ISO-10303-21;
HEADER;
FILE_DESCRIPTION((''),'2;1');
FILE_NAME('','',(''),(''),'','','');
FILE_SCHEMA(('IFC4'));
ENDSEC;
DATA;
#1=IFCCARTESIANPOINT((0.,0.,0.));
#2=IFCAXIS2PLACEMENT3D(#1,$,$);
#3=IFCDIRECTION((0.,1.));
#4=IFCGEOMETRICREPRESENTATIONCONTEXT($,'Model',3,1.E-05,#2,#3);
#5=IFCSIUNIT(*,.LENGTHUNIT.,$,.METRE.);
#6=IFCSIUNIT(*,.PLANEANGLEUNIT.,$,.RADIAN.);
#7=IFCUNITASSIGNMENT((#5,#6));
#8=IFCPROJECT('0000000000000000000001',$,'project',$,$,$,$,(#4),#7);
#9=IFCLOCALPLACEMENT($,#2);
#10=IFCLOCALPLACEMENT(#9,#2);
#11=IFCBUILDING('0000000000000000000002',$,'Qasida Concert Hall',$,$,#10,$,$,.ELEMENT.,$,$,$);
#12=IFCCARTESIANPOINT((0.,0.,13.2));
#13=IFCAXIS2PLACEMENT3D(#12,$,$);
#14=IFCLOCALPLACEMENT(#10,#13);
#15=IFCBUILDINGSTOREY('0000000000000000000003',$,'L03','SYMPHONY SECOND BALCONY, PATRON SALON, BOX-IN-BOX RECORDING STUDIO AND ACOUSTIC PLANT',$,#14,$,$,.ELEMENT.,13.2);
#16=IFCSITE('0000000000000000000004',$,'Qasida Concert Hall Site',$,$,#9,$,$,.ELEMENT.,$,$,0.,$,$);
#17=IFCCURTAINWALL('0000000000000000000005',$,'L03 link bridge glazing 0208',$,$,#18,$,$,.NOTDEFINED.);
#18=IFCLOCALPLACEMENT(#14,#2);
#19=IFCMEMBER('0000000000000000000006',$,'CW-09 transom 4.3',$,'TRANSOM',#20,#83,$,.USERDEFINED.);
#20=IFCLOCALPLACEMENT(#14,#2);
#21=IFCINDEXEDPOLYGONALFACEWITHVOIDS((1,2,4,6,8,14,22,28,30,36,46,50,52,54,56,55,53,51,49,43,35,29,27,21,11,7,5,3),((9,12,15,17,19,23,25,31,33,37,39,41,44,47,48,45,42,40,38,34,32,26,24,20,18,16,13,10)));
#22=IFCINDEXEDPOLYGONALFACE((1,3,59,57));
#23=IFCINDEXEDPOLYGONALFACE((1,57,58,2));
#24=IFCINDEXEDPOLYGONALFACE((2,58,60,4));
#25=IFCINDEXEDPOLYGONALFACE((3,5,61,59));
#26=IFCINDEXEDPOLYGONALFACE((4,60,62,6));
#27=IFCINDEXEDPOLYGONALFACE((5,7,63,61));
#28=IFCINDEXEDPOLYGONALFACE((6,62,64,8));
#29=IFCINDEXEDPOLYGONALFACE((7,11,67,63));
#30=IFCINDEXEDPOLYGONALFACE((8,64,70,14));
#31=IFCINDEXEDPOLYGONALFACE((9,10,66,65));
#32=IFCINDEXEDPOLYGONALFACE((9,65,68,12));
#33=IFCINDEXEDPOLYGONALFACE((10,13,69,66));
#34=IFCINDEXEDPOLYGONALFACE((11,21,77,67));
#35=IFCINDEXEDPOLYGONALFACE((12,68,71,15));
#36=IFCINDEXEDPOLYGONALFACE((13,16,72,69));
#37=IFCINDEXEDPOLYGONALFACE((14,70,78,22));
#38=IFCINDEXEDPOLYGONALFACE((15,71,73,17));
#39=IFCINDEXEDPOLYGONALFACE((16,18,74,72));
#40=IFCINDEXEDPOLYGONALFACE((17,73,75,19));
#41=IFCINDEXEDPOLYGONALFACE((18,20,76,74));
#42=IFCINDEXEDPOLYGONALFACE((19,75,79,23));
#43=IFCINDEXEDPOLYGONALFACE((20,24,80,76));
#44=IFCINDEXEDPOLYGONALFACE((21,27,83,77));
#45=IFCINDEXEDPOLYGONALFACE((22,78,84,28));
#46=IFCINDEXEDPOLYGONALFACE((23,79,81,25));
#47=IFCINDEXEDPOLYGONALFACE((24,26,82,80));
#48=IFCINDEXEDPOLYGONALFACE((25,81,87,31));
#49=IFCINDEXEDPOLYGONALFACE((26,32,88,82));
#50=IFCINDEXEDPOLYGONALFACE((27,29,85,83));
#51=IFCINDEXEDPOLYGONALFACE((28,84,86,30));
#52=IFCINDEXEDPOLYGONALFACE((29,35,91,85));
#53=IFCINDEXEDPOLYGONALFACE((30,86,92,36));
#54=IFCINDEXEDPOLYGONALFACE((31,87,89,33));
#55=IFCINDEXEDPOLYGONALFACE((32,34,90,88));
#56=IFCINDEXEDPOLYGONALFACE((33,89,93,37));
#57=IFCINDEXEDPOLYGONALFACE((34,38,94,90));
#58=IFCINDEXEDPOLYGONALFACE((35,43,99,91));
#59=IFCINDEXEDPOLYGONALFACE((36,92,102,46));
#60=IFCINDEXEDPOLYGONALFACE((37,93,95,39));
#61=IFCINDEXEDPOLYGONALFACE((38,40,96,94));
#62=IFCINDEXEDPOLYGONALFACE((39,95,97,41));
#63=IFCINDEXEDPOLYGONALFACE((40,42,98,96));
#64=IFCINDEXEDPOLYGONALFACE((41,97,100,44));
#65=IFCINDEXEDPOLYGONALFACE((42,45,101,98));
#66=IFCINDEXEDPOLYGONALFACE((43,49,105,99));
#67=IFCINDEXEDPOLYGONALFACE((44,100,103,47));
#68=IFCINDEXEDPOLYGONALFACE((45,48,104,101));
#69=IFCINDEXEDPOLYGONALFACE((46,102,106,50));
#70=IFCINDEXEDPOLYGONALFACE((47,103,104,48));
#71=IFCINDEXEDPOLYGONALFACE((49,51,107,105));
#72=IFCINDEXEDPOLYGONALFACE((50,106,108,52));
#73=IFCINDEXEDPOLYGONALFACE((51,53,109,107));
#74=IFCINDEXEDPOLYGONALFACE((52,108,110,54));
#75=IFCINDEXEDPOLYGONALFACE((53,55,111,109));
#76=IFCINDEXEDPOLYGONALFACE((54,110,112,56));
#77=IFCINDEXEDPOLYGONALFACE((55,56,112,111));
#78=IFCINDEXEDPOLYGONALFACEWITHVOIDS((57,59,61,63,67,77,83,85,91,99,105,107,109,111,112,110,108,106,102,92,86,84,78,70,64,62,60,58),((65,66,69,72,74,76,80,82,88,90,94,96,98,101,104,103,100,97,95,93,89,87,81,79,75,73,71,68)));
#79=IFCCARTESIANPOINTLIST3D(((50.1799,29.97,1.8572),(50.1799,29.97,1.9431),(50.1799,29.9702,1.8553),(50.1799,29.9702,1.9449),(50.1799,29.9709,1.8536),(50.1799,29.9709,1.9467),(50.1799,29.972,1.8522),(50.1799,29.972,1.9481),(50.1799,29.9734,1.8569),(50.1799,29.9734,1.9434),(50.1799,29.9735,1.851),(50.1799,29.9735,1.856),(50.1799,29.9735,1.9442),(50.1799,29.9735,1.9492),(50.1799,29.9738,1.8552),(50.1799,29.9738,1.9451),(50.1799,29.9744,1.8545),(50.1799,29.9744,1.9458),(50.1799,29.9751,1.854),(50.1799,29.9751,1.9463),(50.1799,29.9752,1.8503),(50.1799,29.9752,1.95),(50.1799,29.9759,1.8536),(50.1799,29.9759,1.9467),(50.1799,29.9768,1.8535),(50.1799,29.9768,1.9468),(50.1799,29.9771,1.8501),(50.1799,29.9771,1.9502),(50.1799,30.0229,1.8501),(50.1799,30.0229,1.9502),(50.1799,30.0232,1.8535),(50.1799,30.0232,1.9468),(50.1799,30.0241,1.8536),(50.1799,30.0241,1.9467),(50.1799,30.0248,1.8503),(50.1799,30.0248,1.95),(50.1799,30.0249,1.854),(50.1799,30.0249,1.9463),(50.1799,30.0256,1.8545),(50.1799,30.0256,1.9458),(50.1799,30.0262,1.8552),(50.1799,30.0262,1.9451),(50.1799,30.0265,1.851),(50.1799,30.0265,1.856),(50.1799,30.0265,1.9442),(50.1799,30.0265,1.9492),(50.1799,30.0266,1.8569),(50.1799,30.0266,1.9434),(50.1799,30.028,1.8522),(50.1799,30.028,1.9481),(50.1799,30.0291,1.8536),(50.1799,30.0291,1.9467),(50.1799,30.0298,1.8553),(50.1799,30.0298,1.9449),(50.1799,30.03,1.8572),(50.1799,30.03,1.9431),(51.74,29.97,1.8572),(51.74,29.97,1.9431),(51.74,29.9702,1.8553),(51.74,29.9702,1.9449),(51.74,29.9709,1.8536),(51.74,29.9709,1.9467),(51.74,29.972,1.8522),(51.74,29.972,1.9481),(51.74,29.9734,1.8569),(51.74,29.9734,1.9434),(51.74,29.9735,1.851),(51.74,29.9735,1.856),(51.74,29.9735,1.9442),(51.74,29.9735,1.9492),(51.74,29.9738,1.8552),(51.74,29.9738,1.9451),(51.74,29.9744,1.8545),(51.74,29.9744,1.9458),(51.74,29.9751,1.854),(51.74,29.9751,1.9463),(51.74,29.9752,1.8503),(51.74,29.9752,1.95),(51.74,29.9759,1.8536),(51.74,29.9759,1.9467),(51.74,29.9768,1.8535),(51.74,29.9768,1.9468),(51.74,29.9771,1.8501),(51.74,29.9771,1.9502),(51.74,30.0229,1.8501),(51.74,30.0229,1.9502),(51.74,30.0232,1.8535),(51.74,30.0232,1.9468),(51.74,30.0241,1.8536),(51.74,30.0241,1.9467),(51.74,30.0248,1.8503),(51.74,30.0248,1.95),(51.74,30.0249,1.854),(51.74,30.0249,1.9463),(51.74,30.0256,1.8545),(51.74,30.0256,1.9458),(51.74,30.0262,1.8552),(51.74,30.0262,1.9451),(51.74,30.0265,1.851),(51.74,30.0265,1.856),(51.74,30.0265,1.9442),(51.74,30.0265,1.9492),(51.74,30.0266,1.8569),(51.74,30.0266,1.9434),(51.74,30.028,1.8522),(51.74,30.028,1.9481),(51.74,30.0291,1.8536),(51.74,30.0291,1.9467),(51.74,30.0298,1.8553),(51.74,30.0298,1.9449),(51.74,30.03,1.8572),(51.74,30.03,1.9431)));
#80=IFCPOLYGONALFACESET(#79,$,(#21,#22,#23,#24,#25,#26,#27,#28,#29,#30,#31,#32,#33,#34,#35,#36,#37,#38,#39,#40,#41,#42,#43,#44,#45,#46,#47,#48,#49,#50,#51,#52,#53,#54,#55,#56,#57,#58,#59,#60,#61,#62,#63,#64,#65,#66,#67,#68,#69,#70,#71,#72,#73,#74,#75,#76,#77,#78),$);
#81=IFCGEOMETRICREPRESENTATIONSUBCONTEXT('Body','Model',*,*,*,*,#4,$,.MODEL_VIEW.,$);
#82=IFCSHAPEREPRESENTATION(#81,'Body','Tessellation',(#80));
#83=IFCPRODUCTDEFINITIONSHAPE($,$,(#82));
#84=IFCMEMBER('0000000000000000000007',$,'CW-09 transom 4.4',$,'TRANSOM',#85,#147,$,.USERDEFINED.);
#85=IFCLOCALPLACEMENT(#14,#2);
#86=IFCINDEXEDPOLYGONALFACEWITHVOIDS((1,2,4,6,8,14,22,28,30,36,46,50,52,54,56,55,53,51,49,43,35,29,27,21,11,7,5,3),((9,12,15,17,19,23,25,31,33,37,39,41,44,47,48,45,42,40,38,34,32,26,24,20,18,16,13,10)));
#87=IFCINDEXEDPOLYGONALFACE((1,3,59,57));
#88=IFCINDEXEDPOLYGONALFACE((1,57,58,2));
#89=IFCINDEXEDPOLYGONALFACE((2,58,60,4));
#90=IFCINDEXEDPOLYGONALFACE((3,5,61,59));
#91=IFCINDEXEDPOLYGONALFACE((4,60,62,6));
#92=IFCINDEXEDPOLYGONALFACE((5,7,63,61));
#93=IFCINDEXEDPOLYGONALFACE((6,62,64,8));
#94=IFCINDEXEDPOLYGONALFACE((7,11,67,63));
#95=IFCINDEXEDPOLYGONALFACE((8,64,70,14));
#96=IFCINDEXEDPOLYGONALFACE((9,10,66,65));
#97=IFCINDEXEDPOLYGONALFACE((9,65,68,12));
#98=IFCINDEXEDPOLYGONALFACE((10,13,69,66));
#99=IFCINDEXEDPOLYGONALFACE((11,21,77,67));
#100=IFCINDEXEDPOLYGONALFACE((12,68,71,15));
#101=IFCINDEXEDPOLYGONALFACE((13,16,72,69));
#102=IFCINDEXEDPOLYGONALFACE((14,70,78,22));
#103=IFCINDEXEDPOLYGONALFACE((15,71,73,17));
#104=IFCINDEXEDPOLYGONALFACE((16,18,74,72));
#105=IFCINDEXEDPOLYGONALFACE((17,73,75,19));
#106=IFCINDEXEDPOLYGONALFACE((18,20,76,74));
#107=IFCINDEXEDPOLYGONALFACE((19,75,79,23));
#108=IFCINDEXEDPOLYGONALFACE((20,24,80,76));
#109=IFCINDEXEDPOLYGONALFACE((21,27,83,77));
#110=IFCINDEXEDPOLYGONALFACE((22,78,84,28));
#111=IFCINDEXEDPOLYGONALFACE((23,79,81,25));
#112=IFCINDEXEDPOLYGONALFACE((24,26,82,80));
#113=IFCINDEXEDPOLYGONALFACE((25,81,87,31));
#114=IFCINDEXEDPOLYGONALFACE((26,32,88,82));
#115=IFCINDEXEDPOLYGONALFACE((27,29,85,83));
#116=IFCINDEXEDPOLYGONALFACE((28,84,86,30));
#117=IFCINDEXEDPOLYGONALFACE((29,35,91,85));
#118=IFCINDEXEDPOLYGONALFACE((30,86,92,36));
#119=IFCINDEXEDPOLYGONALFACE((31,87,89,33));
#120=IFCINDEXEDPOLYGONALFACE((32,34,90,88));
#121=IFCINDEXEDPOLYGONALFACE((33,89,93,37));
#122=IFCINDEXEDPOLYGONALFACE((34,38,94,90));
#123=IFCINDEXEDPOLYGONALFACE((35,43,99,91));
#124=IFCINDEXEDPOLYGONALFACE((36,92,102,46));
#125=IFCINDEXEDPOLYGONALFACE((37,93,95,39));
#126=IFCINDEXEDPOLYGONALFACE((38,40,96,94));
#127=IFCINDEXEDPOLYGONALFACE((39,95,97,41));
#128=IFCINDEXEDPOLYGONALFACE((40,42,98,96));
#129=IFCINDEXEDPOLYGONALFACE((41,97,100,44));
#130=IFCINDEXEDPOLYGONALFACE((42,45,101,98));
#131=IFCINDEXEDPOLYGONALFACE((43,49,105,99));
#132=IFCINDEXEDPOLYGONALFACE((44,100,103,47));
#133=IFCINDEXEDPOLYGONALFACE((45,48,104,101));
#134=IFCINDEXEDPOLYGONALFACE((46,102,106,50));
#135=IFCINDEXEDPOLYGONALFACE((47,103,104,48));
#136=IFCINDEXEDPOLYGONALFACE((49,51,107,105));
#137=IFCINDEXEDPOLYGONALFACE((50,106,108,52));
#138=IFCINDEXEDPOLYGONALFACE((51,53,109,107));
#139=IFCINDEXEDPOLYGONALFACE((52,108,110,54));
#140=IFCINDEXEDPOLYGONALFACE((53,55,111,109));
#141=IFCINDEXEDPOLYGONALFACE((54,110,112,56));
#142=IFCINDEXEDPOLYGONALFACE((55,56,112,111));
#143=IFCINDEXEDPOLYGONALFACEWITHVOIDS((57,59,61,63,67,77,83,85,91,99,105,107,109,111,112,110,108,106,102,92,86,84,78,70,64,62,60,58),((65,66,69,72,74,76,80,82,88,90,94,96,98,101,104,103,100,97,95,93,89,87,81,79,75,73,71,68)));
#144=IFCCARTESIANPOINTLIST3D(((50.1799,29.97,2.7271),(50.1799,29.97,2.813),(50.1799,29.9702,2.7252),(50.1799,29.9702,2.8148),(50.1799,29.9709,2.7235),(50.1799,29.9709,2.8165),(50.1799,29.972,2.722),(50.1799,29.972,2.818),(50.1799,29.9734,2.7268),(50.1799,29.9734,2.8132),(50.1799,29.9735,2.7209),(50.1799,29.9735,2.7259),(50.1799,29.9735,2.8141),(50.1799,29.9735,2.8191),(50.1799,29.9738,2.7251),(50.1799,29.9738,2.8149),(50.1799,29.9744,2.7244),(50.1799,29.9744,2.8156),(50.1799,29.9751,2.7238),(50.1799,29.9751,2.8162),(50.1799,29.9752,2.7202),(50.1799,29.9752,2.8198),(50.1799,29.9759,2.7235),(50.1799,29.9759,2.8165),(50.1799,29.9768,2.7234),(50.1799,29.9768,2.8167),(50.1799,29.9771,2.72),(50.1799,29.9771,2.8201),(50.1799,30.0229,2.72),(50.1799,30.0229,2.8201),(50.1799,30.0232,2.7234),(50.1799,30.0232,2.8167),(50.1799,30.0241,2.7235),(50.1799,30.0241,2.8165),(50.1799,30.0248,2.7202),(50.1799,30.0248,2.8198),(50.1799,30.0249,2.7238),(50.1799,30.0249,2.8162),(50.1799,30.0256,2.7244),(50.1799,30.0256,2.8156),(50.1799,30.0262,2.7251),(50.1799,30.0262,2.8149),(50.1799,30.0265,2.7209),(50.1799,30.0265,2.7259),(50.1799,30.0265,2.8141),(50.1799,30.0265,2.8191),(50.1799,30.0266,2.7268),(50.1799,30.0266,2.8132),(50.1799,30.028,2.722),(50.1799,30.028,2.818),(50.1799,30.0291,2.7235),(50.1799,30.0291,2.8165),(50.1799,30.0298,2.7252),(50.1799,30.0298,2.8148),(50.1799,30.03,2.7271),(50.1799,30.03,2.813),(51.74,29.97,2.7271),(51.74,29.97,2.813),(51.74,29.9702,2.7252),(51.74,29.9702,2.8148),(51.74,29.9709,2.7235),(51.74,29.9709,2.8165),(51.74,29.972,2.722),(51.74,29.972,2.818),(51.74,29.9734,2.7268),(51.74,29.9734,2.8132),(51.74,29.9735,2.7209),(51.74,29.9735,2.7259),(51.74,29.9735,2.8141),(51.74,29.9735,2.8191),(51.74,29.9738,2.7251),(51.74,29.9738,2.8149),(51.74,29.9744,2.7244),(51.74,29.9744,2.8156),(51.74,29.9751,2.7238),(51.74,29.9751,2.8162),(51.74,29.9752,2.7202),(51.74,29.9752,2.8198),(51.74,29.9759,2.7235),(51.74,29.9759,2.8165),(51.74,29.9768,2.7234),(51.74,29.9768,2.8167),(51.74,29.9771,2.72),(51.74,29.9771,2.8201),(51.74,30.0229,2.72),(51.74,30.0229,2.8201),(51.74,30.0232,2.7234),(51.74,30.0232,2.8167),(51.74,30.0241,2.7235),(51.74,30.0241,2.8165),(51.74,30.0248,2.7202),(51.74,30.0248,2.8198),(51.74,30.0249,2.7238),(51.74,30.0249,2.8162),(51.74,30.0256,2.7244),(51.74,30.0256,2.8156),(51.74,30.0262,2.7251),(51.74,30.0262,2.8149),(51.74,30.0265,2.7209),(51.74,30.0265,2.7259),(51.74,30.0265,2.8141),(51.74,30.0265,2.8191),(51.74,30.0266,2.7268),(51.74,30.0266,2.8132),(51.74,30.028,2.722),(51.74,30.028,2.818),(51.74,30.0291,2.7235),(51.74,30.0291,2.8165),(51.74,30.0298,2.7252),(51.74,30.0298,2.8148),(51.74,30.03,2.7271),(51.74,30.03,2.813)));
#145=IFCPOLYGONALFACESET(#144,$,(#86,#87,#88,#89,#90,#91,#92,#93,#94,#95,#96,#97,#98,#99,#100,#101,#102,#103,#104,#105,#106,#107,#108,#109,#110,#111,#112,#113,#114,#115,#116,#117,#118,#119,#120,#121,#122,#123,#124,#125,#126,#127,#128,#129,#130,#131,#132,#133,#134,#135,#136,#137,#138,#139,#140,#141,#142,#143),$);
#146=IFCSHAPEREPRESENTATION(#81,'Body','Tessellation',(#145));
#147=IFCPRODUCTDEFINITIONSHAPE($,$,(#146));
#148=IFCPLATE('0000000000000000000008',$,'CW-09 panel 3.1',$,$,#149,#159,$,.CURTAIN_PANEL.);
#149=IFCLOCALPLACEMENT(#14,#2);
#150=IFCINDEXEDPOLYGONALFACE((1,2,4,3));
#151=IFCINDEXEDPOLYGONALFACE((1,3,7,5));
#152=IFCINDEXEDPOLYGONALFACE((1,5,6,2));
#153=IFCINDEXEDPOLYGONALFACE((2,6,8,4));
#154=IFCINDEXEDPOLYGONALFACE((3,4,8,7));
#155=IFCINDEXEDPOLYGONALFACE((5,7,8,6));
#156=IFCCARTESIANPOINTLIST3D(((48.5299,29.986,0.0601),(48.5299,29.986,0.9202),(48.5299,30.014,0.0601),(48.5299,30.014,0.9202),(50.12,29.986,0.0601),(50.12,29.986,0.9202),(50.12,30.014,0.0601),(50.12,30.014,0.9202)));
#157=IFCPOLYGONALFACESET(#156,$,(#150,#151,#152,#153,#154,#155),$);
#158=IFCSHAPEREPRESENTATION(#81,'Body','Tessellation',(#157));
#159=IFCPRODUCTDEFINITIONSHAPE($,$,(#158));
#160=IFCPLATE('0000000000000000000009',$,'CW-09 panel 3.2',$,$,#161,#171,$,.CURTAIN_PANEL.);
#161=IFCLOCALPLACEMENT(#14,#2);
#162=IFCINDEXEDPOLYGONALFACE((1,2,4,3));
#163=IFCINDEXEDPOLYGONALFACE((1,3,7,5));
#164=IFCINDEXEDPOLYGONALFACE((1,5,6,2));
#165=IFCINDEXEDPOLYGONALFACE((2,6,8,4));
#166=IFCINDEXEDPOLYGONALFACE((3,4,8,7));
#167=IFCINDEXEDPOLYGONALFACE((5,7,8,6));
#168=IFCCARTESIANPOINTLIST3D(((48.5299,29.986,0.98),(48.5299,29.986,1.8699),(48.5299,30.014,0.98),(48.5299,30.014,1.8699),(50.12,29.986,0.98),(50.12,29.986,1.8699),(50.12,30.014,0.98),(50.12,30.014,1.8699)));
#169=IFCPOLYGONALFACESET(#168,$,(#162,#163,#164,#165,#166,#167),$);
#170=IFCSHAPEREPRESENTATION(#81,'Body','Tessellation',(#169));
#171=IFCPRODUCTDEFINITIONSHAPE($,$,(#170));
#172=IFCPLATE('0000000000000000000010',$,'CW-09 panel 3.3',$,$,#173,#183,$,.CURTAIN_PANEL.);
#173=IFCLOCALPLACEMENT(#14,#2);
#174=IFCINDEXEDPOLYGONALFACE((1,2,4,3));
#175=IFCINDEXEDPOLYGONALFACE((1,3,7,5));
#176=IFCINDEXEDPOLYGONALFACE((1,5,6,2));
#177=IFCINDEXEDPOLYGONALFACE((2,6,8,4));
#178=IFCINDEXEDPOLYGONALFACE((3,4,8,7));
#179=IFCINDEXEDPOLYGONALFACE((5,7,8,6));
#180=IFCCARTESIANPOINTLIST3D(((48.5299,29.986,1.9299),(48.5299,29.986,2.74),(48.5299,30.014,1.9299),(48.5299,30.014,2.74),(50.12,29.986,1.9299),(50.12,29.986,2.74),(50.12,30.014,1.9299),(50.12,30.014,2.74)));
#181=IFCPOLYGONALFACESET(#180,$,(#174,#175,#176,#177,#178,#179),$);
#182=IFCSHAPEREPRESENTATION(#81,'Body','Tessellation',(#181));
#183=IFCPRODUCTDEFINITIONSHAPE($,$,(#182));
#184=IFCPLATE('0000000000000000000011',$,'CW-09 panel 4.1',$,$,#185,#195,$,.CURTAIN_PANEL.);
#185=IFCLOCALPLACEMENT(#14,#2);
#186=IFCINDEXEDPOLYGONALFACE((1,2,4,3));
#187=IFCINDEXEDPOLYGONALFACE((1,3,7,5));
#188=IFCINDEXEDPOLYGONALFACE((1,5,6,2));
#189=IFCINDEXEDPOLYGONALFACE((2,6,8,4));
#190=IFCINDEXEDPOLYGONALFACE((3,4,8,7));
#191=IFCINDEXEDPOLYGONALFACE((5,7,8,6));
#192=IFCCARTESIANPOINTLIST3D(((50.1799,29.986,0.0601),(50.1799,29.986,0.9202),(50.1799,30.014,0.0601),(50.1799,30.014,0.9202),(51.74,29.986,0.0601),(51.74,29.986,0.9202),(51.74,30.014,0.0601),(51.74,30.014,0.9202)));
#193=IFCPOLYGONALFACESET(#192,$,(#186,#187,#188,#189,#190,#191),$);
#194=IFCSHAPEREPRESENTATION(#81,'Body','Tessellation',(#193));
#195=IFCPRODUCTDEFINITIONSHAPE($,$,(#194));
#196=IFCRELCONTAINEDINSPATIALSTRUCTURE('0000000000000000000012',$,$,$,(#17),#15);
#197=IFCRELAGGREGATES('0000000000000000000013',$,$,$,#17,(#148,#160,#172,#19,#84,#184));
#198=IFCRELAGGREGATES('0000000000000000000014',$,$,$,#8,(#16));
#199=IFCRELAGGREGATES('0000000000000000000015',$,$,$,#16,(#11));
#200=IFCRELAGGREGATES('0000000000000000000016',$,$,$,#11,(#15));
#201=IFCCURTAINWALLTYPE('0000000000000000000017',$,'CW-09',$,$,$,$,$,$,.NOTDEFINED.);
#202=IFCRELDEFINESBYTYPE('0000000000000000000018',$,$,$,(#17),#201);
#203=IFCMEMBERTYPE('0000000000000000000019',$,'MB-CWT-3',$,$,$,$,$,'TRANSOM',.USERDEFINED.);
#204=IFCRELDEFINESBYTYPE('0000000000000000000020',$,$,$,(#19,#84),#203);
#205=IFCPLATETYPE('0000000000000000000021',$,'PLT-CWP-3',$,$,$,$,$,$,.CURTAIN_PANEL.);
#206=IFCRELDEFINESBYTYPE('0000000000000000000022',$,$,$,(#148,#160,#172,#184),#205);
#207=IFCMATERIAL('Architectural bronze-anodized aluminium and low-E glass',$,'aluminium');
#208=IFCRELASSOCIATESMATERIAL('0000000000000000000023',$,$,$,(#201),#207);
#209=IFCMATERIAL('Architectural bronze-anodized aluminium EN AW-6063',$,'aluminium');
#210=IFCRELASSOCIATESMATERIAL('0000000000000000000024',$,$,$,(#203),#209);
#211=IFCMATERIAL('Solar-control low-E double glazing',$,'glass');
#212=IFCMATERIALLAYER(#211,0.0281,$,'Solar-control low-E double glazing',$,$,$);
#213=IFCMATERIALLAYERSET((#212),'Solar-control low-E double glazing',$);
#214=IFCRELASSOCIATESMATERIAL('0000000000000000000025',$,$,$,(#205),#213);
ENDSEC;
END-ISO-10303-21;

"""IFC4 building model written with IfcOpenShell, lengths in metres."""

from ifc_helpers import new_model, si_unit, direction, frame, origin, origin_2d, place, context, subcontext, project, spatial, rectangle, hollow_rectangle, extrude, material, layer, layer_set, material_profile, profile_set, type_object, element, aggregate, save


model = new_model("IFC4")

# Units and contexts
model_context = context("Model", 3, precision=1e-05, world=origin(), true_north=direction((0.0, 1.0)))
body_context = subcontext(model_context, "Body", "Model", "MODEL_VIEW")
ifc_project = project(units=[si_unit("LENGTHUNIT", "METRE"), si_unit("PLANEANGLEUNIT", "RADIAN")], contexts=[model_context])

# Site, building, storey
site_placement = place(None, origin())
site = spatial("IfcSite", under=ifc_project, at=site_placement, Name="Qasida Concert Hall Site", CompositionType="ELEMENT", RefElevation=0.0)
building_placement = place(site_placement, origin())
building = spatial("IfcBuilding", under=site, at=building_placement, Name="Qasida Concert Hall", CompositionType="ELEMENT")
storey_placement = place(building_placement, frame((0.0, 0.0, 13.2)))
storey = spatial("IfcBuildingStorey", under=building, at=storey_placement, Name="L03", Description="SYMPHONY SECOND BALCONY, PATRON SALON, BOX-IN-BOX RECORDING STUDIO AND ACOUSTIC PLANT", CompositionType="ELEMENT", Elevation=13.2)

# Curtain wall
ifc_material_1 = material(Name="Architectural bronze-anodized aluminium and low-E glass", Category="aluminium")
curtain_wall_type_1 = type_object("IfcCurtainWallType", Name="CW-09", PredefinedType="NOTDEFINED", material=ifc_material_1)
curtain_wall_1_placement = place(storey_placement, origin())
curtain_wall_1 = element("IfcCurtainWall", 1, at=curtain_wall_1_placement, inside=storey, type_object=curtain_wall_type_1, Name="L03 link bridge glazing 0208", PredefinedType="NOTDEFINED")
ifc_material_2 = material(Name="Architectural bronze-anodized aluminium EN AW-6063", Category="aluminium")

# Members
ifc_material_profile_1 = material_profile(ifc_material_2, hollow_rectangle(XDim=0.0601, YDim=0.1001, WallThickness=0.0034, InnerFilletRadius=0.0034, OuterFilletRadius=0.0071, at=origin_2d()), Name="CWT 100x60x3.5")
ifc_profile_set_1 = profile_set([ifc_material_profile_1], Name="Architectural bronze-anodized aluminium EN AW-6063")
member_type_1 = type_object("IfcMemberType", Name="MB-CWT-3", ElementType="TRANSOM", PredefinedType="USERDEFINED", material=ifc_profile_set_1)
member_1_placement = place(storey_placement, frame((50.1799, 30.0, 1.9001), z_axis=(1.0, 0.0, 0.0), x_axis=(0.0, 1.0, 0.0)))
member_1 = element("IfcMember", 2, at=member_1_placement, type_object=member_type_1, Name="CW-09 transom 4.3", ObjectType="TRANSOM", PredefinedType="USERDEFINED", context=body_context, shape_type="SweptSolid", body=[
    extrude(hollow_rectangle(XDim=0.0601, YDim=0.1001, WallThickness=0.0034, InnerFilletRadius=0.0034, OuterFilletRadius=0.0071, at=origin_2d()), origin(), (0.0, 0.0, 1.0), 1.5601),
])
member_2_placement = place(storey_placement, frame((50.1799, 30.0, 2.77), z_axis=(1.0, 0.0, 0.0), x_axis=(0.0, 1.0, 0.0)))
member_2 = element("IfcMember", 3, at=member_2_placement, type_object=member_type_1, Name="CW-09 transom 4.4", ObjectType="TRANSOM", PredefinedType="USERDEFINED", context=body_context, shape_type="SweptSolid", body=[
    extrude(hollow_rectangle(XDim=0.0601, YDim=0.1001, WallThickness=0.0034, InnerFilletRadius=0.0034, OuterFilletRadius=0.0071, at=origin_2d()), origin(), (0.0, 0.0, 1.0), 1.5601),
])

# Plates
ifc_material_3 = material(Name="Solar-control low-E double glazing", Category="glass")
ifc_layer_1 = layer(ifc_material_3, 0.0281, Name="Solar-control low-E double glazing")
ifc_layer_set_1 = layer_set([ifc_layer_1], Name="Solar-control low-E double glazing")
plate_type_1 = type_object("IfcPlateType", Name="PLT-CWP-3", PredefinedType="CURTAIN_PANEL", material=ifc_layer_set_1)
plate_1_placement = place(storey_placement, frame((49.325, 30.0, 0.0601), z_axis=(0.0, 0.0, 1.0), x_axis=(1.0, 0.0, 0.0)))
plate_1 = element("IfcPlate", 4, at=plate_1_placement, type_object=plate_type_1, Name="CW-09 panel 3.1", PredefinedType="CURTAIN_PANEL", context=body_context, shape_type="SweptSolid", body=[
    extrude(rectangle(XDim=1.5901, YDim=0.0281, at=origin_2d()), origin(), (0.0, 0.0, 1.0), 0.8601),
])
plate_2_placement = place(storey_placement, frame((49.325, 30.0, 0.98), z_axis=(0.0, 0.0, 1.0), x_axis=(1.0, 0.0, 0.0)))
plate_2 = element("IfcPlate", 5, at=plate_2_placement, type_object=plate_type_1, Name="CW-09 panel 3.2", PredefinedType="CURTAIN_PANEL", context=body_context, shape_type="SweptSolid", body=[
    extrude(rectangle(XDim=1.5901, YDim=0.0281, at=origin_2d()), origin(), (0.0, 0.0, 1.0), 0.8899),
])
plate_3_placement = place(storey_placement, frame((49.325, 30.0, 1.9299), z_axis=(0.0, 0.0, 1.0), x_axis=(1.0, 0.0, 0.0)))
plate_3 = element("IfcPlate", 6, at=plate_3_placement, type_object=plate_type_1, Name="CW-09 panel 3.3", PredefinedType="CURTAIN_PANEL", context=body_context, shape_type="SweptSolid", body=[
    extrude(rectangle(XDim=1.5901, YDim=0.0281, at=origin_2d()), origin(), (0.0, 0.0, 1.0), 0.8101),
])
plate_4_placement = place(storey_placement, frame((50.96, 30.0, 0.0601), z_axis=(0.0, 0.0, 1.0), x_axis=(1.0, 0.0, 0.0)))
plate_4 = element("IfcPlate", 7, at=plate_4_placement, type_object=plate_type_1, Name="CW-09 panel 4.1", PredefinedType="CURTAIN_PANEL", context=body_context, shape_type="SweptSolid", body=[
    extrude(rectangle(XDim=1.5601, YDim=0.0281, at=origin_2d()), origin(), (0.0, 0.0, 1.0), 0.8601),
])
aggregate(curtain_wall_1, [plate_1, plate_2, plate_3, member_1, member_2, plate_4])

save(model, "model.ifc")
